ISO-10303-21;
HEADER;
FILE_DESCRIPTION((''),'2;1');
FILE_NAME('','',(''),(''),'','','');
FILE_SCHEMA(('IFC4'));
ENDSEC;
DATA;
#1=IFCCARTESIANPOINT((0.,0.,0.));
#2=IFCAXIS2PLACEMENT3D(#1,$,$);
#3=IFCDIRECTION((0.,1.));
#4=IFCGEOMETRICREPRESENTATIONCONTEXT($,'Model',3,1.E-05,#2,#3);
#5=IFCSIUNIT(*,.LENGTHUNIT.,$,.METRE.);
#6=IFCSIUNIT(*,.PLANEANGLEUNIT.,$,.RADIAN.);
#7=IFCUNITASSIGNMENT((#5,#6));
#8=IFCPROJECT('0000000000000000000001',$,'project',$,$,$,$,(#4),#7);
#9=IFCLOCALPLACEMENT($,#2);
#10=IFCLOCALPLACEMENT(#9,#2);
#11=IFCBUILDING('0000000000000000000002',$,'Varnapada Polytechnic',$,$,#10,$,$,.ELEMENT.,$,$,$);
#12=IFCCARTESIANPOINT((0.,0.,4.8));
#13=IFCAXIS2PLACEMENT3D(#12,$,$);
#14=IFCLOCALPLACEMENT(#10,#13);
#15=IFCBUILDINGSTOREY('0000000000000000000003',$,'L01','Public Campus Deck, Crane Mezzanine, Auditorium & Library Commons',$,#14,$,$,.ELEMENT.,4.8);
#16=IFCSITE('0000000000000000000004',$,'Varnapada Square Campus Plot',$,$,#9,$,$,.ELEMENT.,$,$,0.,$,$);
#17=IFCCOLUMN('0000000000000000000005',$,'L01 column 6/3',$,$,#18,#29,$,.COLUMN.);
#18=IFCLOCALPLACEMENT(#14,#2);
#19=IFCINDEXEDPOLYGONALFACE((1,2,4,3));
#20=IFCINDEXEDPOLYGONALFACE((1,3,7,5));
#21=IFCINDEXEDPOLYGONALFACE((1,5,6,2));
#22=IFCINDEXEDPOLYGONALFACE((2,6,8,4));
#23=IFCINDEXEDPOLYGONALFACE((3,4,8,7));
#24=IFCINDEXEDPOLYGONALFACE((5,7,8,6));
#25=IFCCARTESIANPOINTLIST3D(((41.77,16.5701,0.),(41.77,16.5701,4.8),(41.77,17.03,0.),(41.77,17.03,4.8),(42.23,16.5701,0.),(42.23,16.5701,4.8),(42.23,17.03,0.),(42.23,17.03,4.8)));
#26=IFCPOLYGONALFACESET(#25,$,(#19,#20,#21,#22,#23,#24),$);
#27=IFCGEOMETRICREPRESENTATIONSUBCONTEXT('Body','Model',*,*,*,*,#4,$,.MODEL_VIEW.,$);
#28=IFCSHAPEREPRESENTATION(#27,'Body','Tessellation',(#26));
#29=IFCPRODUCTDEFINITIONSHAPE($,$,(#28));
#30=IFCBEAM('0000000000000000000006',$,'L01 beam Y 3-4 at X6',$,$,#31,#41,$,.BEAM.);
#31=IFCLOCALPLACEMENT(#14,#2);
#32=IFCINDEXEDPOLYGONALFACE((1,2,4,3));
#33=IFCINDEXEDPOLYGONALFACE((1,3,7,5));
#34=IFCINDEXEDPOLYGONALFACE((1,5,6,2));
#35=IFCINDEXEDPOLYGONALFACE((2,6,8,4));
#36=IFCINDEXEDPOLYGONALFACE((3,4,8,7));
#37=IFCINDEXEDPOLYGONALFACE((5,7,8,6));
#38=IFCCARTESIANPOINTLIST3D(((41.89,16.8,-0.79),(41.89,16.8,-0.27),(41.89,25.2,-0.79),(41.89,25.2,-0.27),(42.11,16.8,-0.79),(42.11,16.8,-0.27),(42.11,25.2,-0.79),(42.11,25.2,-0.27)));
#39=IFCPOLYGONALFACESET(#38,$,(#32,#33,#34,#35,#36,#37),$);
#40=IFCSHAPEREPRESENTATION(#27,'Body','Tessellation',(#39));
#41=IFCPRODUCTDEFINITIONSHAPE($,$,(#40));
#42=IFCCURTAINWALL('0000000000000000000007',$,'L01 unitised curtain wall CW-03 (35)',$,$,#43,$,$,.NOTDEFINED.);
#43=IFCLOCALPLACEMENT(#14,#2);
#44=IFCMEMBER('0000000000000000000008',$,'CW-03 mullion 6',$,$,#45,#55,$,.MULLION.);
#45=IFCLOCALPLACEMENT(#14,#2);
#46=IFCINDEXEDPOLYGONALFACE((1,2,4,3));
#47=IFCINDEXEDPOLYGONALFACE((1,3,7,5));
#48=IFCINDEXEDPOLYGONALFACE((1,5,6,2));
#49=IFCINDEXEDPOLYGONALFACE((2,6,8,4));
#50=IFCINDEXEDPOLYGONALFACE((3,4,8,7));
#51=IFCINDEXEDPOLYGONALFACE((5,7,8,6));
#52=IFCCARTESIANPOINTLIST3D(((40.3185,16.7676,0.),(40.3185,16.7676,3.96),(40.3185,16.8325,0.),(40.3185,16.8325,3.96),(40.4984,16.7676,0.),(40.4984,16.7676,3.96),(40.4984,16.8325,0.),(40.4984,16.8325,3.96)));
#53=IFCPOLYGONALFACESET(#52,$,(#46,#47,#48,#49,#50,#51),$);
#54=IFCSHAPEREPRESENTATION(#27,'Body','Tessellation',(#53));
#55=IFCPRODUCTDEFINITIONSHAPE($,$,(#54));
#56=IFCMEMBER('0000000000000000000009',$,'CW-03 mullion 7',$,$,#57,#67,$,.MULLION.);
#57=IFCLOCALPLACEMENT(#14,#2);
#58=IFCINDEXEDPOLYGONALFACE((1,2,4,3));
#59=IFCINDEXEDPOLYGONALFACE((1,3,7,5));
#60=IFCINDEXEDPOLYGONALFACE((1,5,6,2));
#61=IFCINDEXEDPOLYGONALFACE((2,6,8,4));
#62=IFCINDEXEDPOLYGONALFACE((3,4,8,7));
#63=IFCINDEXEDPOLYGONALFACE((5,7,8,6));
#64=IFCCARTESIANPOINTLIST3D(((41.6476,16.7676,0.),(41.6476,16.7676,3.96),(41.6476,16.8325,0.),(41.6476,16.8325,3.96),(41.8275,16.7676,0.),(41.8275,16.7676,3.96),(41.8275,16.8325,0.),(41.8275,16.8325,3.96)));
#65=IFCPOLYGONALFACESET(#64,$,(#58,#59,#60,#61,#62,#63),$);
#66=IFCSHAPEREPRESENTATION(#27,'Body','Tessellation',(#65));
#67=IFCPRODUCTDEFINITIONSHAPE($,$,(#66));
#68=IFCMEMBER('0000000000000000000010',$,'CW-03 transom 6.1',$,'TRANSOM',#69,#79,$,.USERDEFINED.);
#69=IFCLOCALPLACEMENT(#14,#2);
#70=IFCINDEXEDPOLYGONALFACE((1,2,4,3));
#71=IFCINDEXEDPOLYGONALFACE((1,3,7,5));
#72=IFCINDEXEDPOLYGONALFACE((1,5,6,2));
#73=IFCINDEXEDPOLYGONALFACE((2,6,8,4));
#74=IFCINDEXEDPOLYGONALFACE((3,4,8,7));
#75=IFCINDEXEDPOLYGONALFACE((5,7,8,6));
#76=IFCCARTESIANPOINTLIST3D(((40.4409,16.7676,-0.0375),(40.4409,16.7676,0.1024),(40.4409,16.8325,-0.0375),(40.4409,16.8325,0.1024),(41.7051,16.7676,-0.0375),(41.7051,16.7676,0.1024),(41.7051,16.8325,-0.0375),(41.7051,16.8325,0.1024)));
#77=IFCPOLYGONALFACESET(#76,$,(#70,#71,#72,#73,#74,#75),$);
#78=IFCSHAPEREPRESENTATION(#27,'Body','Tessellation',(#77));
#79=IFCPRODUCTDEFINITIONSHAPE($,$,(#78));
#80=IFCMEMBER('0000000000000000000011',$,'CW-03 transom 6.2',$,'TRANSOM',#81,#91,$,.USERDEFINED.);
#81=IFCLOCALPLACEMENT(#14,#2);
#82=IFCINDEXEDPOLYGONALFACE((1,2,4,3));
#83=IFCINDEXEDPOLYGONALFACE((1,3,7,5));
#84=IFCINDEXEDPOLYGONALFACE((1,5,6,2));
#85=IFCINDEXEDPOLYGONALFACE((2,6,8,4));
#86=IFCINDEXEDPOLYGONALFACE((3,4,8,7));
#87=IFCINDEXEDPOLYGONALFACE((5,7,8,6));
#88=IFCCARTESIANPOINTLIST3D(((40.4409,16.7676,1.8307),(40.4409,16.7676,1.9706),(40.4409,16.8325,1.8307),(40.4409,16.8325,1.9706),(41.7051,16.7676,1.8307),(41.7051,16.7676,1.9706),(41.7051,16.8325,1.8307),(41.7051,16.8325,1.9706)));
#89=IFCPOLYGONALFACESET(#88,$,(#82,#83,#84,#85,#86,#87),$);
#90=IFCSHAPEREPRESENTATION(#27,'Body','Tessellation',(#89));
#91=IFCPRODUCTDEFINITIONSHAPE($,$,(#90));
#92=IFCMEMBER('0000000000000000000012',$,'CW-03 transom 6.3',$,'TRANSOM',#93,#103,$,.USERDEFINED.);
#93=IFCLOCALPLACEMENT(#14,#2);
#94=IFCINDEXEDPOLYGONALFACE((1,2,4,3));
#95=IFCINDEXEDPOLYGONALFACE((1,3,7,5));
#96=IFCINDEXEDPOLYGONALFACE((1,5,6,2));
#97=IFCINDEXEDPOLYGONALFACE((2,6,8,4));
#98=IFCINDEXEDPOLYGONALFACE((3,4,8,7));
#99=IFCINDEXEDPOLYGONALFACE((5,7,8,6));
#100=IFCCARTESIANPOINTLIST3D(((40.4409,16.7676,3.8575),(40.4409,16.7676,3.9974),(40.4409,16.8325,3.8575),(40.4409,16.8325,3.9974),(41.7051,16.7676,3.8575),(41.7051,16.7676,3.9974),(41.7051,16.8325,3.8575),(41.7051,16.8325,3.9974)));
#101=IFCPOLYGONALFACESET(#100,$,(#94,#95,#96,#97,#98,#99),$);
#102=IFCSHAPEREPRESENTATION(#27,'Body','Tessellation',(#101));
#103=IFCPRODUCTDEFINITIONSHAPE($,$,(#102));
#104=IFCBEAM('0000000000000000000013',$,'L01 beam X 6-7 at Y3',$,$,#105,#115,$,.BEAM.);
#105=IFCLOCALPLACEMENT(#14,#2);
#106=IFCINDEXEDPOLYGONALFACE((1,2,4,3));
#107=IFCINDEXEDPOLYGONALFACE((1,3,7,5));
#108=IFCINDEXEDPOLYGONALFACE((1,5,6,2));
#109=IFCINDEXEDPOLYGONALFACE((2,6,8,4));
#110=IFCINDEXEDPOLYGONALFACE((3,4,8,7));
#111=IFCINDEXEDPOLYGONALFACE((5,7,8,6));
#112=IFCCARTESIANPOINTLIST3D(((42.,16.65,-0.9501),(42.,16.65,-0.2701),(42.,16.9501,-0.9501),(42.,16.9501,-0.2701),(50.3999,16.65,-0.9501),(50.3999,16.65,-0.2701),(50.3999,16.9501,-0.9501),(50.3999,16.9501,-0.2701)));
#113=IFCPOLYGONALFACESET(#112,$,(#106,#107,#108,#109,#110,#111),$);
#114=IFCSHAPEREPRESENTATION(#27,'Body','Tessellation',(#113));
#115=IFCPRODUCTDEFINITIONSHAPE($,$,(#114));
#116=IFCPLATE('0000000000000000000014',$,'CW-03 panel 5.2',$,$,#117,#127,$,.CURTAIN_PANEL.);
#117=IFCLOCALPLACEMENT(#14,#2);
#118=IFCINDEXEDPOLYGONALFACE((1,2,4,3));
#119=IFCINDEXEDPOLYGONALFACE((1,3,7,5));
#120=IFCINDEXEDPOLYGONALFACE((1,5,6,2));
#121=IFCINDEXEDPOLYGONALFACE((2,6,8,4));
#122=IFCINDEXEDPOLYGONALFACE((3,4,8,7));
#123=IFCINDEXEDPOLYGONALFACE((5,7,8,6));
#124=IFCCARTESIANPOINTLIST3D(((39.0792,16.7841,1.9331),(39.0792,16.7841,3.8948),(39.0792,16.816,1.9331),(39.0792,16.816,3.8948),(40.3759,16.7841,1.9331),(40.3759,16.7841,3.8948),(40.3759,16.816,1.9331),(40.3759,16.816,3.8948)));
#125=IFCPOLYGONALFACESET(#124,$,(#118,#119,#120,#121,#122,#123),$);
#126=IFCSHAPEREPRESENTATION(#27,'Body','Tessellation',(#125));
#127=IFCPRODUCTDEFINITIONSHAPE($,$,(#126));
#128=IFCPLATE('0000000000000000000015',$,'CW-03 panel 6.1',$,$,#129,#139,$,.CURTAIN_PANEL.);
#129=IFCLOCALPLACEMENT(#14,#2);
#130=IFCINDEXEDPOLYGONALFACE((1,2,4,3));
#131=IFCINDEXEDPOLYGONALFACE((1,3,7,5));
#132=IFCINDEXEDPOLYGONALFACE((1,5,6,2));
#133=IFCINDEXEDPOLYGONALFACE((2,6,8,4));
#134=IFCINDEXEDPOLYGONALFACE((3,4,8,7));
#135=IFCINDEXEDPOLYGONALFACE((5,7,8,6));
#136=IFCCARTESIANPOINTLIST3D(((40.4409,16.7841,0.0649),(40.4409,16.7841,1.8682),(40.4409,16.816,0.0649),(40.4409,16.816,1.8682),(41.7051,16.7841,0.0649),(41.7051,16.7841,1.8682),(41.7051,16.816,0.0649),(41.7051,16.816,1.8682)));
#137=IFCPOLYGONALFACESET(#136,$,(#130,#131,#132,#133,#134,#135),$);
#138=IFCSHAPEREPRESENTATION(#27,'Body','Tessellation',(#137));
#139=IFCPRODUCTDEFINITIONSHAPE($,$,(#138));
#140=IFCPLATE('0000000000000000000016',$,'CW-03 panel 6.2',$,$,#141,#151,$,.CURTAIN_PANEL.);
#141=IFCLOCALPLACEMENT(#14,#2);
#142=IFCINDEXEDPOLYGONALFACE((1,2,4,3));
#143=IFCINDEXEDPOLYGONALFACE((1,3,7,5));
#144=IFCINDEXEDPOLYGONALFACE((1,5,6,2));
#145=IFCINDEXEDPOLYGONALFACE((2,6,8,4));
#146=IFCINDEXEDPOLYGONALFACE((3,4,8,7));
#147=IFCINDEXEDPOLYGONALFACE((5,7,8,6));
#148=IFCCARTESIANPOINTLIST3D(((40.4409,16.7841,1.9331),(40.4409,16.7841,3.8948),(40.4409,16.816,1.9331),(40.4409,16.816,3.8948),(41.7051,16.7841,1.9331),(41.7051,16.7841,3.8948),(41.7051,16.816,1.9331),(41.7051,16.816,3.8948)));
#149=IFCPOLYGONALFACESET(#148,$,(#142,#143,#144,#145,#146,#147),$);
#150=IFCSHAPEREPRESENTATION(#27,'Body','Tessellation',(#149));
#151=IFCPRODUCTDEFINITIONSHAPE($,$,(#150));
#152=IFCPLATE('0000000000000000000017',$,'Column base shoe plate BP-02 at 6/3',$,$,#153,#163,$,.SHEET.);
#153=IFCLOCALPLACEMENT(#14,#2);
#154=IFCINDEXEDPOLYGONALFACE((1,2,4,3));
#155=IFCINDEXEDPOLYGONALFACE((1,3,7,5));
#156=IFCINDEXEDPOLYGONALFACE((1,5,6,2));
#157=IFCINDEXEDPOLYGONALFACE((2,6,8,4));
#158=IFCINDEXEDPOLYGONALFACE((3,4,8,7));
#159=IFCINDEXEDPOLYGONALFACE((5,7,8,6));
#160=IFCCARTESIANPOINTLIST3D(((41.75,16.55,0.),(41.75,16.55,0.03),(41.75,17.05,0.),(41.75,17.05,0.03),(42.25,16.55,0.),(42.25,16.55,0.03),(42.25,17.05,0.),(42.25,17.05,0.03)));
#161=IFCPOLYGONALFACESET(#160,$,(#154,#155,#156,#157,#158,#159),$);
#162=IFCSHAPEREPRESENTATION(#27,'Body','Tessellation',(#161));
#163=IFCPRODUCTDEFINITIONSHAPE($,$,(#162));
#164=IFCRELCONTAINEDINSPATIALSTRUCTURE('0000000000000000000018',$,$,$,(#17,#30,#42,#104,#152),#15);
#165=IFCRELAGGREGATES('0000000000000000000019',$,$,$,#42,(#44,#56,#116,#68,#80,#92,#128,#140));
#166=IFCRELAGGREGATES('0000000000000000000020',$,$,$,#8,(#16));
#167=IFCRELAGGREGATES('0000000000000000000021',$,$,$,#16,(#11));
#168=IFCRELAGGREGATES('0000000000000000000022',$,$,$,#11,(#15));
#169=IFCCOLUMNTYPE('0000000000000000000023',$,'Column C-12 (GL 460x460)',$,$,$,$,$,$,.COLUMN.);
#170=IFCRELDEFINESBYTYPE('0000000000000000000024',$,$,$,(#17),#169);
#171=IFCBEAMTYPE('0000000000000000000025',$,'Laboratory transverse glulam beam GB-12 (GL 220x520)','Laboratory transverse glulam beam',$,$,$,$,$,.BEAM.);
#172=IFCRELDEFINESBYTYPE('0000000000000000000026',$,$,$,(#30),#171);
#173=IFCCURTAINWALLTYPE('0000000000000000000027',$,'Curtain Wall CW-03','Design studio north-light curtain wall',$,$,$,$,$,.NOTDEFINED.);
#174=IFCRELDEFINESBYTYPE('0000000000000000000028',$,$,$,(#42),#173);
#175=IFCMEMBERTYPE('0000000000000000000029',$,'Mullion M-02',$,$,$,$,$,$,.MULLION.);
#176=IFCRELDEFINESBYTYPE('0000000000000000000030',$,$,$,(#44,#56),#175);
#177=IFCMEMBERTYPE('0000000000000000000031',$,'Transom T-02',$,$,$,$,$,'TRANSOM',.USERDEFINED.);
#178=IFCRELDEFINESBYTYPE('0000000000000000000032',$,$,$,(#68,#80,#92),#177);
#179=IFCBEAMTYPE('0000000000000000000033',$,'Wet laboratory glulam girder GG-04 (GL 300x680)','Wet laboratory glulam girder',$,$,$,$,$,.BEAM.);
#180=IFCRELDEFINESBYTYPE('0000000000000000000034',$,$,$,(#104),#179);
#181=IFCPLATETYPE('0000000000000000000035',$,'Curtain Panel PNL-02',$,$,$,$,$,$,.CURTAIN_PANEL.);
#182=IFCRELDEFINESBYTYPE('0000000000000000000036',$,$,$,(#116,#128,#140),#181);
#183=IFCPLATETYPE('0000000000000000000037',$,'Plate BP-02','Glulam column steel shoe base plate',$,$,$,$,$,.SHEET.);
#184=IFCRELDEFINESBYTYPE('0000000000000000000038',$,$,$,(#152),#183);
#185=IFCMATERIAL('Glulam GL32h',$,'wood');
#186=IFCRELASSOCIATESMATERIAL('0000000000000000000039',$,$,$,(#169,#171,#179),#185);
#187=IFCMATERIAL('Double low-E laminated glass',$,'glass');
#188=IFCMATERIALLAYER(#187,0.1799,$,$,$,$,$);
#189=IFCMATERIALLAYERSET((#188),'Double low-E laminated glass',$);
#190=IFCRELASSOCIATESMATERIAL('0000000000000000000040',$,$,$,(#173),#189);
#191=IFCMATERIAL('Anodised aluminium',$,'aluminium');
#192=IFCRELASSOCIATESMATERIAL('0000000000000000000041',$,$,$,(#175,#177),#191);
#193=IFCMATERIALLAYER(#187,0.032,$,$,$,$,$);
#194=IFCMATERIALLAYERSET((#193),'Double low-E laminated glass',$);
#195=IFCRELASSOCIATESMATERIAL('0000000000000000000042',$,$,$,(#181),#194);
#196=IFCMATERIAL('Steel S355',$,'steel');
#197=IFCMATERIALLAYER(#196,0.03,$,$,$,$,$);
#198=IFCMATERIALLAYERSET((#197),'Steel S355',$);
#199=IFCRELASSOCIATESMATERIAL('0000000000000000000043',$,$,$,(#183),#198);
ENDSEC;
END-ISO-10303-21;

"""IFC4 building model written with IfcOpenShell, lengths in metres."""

from ifc_helpers import new_model, si_unit, direction, frame, origin, origin_2d, place, context, subcontext, project, spatial, rectangle, extrude, material, layer, layer_set, material_profile, profile_set, type_object, element, aggregate, save


model = new_model("IFC4")

# Units and contexts
model_context = context("Model", 3, precision=1e-05, world=origin(), true_north=direction((0.0, 1.0)))
body_context = subcontext(model_context, "Body", "Model", "MODEL_VIEW")
ifc_project = project(units=[si_unit("LENGTHUNIT", "METRE"), si_unit("PLANEANGLEUNIT", "RADIAN")], contexts=[model_context])

# Site, building, storey
site_placement = place(None, origin())
site = spatial("IfcSite", under=ifc_project, at=site_placement, Name="Varnapada Square Campus Plot", CompositionType="ELEMENT", RefElevation=0.0)
building_placement = place(site_placement, origin())
building = spatial("IfcBuilding", under=site, at=building_placement, Name="Varnapada Polytechnic", CompositionType="ELEMENT")
storey_placement = place(building_placement, frame((0.0, 0.0, 4.8)))
storey = spatial("IfcBuildingStorey", under=building, at=storey_placement, Name="L01", Description="Public Campus Deck, Crane Mezzanine, Auditorium & Library Commons", CompositionType="ELEMENT", Elevation=4.8)

# Column
ifc_material_1 = material(Name="Glulam GL32h", Category="wood")
ifc_material_profile_1 = material_profile(ifc_material_1, rectangle(XDim=0.46, YDim=0.46, at=origin_2d()), Name="GL 460x460")
ifc_profile_set_1 = profile_set([ifc_material_profile_1], Name="Glulam GL32h")
column_type = type_object("IfcColumnType", Name="Column C-12 (GL 460x460)", PredefinedType="COLUMN", material=ifc_profile_set_1)
column_placement = place(storey_placement, frame((42.0, 16.8, 0.0), z_axis=(0.0, 0.0, 1.0), x_axis=(1.0, 0.0, 0.0)))
element("IfcColumn", 1, at=column_placement, inside=storey, type_object=column_type, Name="L01 column 6/3", PredefinedType="COLUMN", context=body_context, shape_type="SweptSolid", body=[
    extrude(rectangle(XDim=0.46, YDim=0.46, at=origin_2d()), origin(), (0.0, 0.0, 1.0), 4.8),
])

# Beam
ifc_material_profile_2 = material_profile(ifc_material_1, rectangle(XDim=0.22, YDim=0.52, at=origin_2d()), Name="GL 220x520")
ifc_profile_set_2 = profile_set([ifc_material_profile_2], Name="Glulam GL32h")
beam_type_1 = type_object("IfcBeamType", Name="Laboratory transverse glulam beam GB-12 (GL 220x520)", Description="Laboratory transverse glulam beam", PredefinedType="BEAM", material=ifc_profile_set_2)
beam_1_placement = place(storey_placement, frame((42.0, 16.8, -0.53), z_axis=(0.0, 1.0, 0.0), x_axis=(-1.0, 0.0, 0.0)))
element("IfcBeam", 2, at=beam_1_placement, inside=storey, type_object=beam_type_1, Name="L01 beam Y 3-4 at X6", PredefinedType="BEAM", context=body_context, shape_type="SweptSolid", body=[
    extrude(rectangle(XDim=0.22, YDim=0.52, at=origin_2d()), origin(), (0.0, 0.0, 1.0), 8.3999),
])

# Curtain wall, members
ifc_material_2 = material(Name="Double low-E laminated glass", Category="glass")
ifc_layer_1 = layer(ifc_material_2, 0.1799)
ifc_layer_set_1 = layer_set([ifc_layer_1], Name="Double low-E laminated glass")
curtain_wall_type = type_object("IfcCurtainWallType", Name="Curtain Wall CW-03", Description="Design studio north-light curtain wall", PredefinedType="NOTDEFINED", material=ifc_layer_set_1)
curtain_wall_placement = place(storey_placement, origin())
curtain_wall = element("IfcCurtainWall", 3, at=curtain_wall_placement, inside=storey, type_object=curtain_wall_type, Name="L01 unitised curtain wall CW-03 (35)", PredefinedType="NOTDEFINED")
ifc_material_3 = material(Name="Anodised aluminium", Category="aluminium")
ifc_material_profile_3 = material_profile(ifc_material_3, rectangle(XDim=0.0649, YDim=0.1799, at=origin_2d()), Name="ALU M65x180")
ifc_profile_set_3 = profile_set([ifc_material_profile_3], Name="Anodised aluminium")
member_type_1 = type_object("IfcMemberType", Name="Mullion M-02", PredefinedType="MULLION", material=ifc_profile_set_3)
member_1_placement = place(storey_placement, frame((40.4084, 16.8, 0.0), z_axis=(0.0, 0.0, 1.0), x_axis=(0.0, 1.0, 0.0)))
member_1 = element("IfcMember", 4, at=member_1_placement, type_object=member_type_1, Name="CW-03 mullion 6", PredefinedType="MULLION", context=body_context, shape_type="SweptSolid", body=[
    extrude(rectangle(XDim=0.0649, YDim=0.1799, at=origin_2d()), origin(), (0.0, 0.0, 1.0), 3.96),
])
member_2_placement = place(storey_placement, frame((41.7375, 16.8, 0.0), z_axis=(0.0, 0.0, 1.0), x_axis=(0.0, 1.0, 0.0)))
member_2 = element("IfcMember", 5, at=member_2_placement, type_object=member_type_1, Name="CW-03 mullion 7", PredefinedType="MULLION", context=body_context, shape_type="SweptSolid", body=[
    extrude(rectangle(XDim=0.0649, YDim=0.1799, at=origin_2d()), origin(), (0.0, 0.0, 1.0), 3.96),
])
ifc_material_profile_4 = material_profile(ifc_material_3, rectangle(XDim=0.0649, YDim=0.1399, at=origin_2d()), Name="ALU T65x140")
ifc_profile_set_4 = profile_set([ifc_material_profile_4], Name="Anodised aluminium")
member_type_2 = type_object("IfcMemberType", Name="Transom T-02", ElementType="TRANSOM", PredefinedType="USERDEFINED", material=ifc_profile_set_4)
member_3_placement = place(storey_placement, frame((40.4409, 16.8, 0.0325), z_axis=(1.0, 0.0, 0.0), x_axis=(0.0, 1.0, 0.0)))
member_3 = element("IfcMember", 6, at=member_3_placement, type_object=member_type_2, Name="CW-03 transom 6.1", ObjectType="TRANSOM", PredefinedType="USERDEFINED", context=body_context, shape_type="SweptSolid", body=[
    extrude(rectangle(XDim=0.0649, YDim=0.1399, at=origin_2d()), origin(), (0.0, 0.0, 1.0), 1.2642),
])
member_4_placement = place(storey_placement, frame((40.4409, 16.8, 1.9006), z_axis=(1.0, 0.0, 0.0), x_axis=(0.0, 1.0, 0.0)))
member_4 = element("IfcMember", 7, at=member_4_placement, type_object=member_type_2, Name="CW-03 transom 6.2", ObjectType="TRANSOM", PredefinedType="USERDEFINED", context=body_context, shape_type="SweptSolid", body=[
    extrude(rectangle(XDim=0.0649, YDim=0.1399, at=origin_2d()), origin(), (0.0, 0.0, 1.0), 1.2642),
])
member_5_placement = place(storey_placement, frame((40.4409, 16.8, 3.9275), z_axis=(1.0, 0.0, 0.0), x_axis=(0.0, 1.0, 0.0)))
member_5 = element("IfcMember", 8, at=member_5_placement, type_object=member_type_2, Name="CW-03 transom 6.3", ObjectType="TRANSOM", PredefinedType="USERDEFINED", context=body_context, shape_type="SweptSolid", body=[
    extrude(rectangle(XDim=0.0649, YDim=0.1399, at=origin_2d()), origin(), (0.0, 0.0, 1.0), 1.2642),
])

# Beam
ifc_material_profile_5 = material_profile(ifc_material_1, rectangle(XDim=0.3, YDim=0.6799, at=origin_2d()), Name="GL 300x680")
ifc_profile_set_5 = profile_set([ifc_material_profile_5], Name="Glulam GL32h")
beam_type_2 = type_object("IfcBeamType", Name="Wet laboratory glulam girder GG-04 (GL 300x680)", Description="Wet laboratory glulam girder", PredefinedType="BEAM", material=ifc_profile_set_5)
beam_2_placement = place(storey_placement, frame((42.0, 16.8, -0.6101), z_axis=(1.0, 0.0, 0.0), x_axis=(0.0, 1.0, 0.0)))
element("IfcBeam", 9, at=beam_2_placement, inside=storey, type_object=beam_type_2, Name="L01 beam X 6-7 at Y3", PredefinedType="BEAM", context=body_context, shape_type="SweptSolid", body=[
    extrude(rectangle(XDim=0.3, YDim=0.6799, at=origin_2d()), origin(), (0.0, 0.0, 1.0), 8.3999),
])

# Plates
ifc_layer_2 = layer(ifc_material_2, 0.032)
ifc_layer_set_2 = layer_set([ifc_layer_2], Name="Double low-E laminated glass")
plate_type_1 = type_object("IfcPlateType", Name="Curtain Panel PNL-02", PredefinedType="CURTAIN_PANEL", material=ifc_layer_set_2)
plate_1_placement = place(storey_placement, frame((39.7275, 16.8, 1.9331), z_axis=(0.0, 0.0, 1.0), x_axis=(1.0, 0.0, 0.0)))
plate_1 = element("IfcPlate", 10, at=plate_1_placement, type_object=plate_type_1, Name="CW-03 panel 5.2", PredefinedType="CURTAIN_PANEL", context=body_context, shape_type="SweptSolid", body=[
    extrude(rectangle(XDim=1.2966, YDim=0.032, at=origin_2d()), origin(), (0.0, 0.0, 1.0), 1.9617),
])
plate_2_placement = place(storey_placement, frame((41.073, 16.8, 0.0649), z_axis=(0.0, 0.0, 1.0), x_axis=(1.0, 0.0, 0.0)))
plate_2 = element("IfcPlate", 11, at=plate_2_placement, type_object=plate_type_1, Name="CW-03 panel 6.1", PredefinedType="CURTAIN_PANEL", context=body_context, shape_type="SweptSolid", body=[
    extrude(rectangle(XDim=1.2642, YDim=0.032, at=origin_2d()), origin(), (0.0, 0.0, 1.0), 1.8032),
])
plate_3_placement = place(storey_placement, frame((41.073, 16.8, 1.9331), z_axis=(0.0, 0.0, 1.0), x_axis=(1.0, 0.0, 0.0)))
plate_3 = element("IfcPlate", 12, at=plate_3_placement, type_object=plate_type_1, Name="CW-03 panel 6.2", PredefinedType="CURTAIN_PANEL", context=body_context, shape_type="SweptSolid", body=[
    extrude(rectangle(XDim=1.2642, YDim=0.032, at=origin_2d()), origin(), (0.0, 0.0, 1.0), 1.9617),
])
aggregate(curtain_wall, [member_1, member_2, plate_1, member_3, member_4, member_5, plate_2, plate_3])
ifc_material_4 = material(Name="Steel S355", Category="steel")
ifc_layer_3 = layer(ifc_material_4, 0.03)
ifc_layer_set_3 = layer_set([ifc_layer_3], Name="Steel S355")
plate_type_2 = type_object("IfcPlateType", Name="Plate BP-02", Description="Glulam column steel shoe base plate", PredefinedType="SHEET", material=ifc_layer_set_3)
plate_4_placement = place(storey_placement, frame((42.0, 16.8, 0.0), z_axis=(0.0, 0.0, 1.0), x_axis=(1.0, 0.0, 0.0)))
element("IfcPlate", 13, at=plate_4_placement, inside=storey, type_object=plate_type_2, Name="Column base shoe plate BP-02 at 6/3", PredefinedType="SHEET", context=body_context, shape_type="SweptSolid", body=[
    extrude(rectangle(XDim=0.5, YDim=0.5, at=origin_2d()), origin(), (0.0, 0.0, 1.0), 0.03),
])

save(model, "model.ifc")
